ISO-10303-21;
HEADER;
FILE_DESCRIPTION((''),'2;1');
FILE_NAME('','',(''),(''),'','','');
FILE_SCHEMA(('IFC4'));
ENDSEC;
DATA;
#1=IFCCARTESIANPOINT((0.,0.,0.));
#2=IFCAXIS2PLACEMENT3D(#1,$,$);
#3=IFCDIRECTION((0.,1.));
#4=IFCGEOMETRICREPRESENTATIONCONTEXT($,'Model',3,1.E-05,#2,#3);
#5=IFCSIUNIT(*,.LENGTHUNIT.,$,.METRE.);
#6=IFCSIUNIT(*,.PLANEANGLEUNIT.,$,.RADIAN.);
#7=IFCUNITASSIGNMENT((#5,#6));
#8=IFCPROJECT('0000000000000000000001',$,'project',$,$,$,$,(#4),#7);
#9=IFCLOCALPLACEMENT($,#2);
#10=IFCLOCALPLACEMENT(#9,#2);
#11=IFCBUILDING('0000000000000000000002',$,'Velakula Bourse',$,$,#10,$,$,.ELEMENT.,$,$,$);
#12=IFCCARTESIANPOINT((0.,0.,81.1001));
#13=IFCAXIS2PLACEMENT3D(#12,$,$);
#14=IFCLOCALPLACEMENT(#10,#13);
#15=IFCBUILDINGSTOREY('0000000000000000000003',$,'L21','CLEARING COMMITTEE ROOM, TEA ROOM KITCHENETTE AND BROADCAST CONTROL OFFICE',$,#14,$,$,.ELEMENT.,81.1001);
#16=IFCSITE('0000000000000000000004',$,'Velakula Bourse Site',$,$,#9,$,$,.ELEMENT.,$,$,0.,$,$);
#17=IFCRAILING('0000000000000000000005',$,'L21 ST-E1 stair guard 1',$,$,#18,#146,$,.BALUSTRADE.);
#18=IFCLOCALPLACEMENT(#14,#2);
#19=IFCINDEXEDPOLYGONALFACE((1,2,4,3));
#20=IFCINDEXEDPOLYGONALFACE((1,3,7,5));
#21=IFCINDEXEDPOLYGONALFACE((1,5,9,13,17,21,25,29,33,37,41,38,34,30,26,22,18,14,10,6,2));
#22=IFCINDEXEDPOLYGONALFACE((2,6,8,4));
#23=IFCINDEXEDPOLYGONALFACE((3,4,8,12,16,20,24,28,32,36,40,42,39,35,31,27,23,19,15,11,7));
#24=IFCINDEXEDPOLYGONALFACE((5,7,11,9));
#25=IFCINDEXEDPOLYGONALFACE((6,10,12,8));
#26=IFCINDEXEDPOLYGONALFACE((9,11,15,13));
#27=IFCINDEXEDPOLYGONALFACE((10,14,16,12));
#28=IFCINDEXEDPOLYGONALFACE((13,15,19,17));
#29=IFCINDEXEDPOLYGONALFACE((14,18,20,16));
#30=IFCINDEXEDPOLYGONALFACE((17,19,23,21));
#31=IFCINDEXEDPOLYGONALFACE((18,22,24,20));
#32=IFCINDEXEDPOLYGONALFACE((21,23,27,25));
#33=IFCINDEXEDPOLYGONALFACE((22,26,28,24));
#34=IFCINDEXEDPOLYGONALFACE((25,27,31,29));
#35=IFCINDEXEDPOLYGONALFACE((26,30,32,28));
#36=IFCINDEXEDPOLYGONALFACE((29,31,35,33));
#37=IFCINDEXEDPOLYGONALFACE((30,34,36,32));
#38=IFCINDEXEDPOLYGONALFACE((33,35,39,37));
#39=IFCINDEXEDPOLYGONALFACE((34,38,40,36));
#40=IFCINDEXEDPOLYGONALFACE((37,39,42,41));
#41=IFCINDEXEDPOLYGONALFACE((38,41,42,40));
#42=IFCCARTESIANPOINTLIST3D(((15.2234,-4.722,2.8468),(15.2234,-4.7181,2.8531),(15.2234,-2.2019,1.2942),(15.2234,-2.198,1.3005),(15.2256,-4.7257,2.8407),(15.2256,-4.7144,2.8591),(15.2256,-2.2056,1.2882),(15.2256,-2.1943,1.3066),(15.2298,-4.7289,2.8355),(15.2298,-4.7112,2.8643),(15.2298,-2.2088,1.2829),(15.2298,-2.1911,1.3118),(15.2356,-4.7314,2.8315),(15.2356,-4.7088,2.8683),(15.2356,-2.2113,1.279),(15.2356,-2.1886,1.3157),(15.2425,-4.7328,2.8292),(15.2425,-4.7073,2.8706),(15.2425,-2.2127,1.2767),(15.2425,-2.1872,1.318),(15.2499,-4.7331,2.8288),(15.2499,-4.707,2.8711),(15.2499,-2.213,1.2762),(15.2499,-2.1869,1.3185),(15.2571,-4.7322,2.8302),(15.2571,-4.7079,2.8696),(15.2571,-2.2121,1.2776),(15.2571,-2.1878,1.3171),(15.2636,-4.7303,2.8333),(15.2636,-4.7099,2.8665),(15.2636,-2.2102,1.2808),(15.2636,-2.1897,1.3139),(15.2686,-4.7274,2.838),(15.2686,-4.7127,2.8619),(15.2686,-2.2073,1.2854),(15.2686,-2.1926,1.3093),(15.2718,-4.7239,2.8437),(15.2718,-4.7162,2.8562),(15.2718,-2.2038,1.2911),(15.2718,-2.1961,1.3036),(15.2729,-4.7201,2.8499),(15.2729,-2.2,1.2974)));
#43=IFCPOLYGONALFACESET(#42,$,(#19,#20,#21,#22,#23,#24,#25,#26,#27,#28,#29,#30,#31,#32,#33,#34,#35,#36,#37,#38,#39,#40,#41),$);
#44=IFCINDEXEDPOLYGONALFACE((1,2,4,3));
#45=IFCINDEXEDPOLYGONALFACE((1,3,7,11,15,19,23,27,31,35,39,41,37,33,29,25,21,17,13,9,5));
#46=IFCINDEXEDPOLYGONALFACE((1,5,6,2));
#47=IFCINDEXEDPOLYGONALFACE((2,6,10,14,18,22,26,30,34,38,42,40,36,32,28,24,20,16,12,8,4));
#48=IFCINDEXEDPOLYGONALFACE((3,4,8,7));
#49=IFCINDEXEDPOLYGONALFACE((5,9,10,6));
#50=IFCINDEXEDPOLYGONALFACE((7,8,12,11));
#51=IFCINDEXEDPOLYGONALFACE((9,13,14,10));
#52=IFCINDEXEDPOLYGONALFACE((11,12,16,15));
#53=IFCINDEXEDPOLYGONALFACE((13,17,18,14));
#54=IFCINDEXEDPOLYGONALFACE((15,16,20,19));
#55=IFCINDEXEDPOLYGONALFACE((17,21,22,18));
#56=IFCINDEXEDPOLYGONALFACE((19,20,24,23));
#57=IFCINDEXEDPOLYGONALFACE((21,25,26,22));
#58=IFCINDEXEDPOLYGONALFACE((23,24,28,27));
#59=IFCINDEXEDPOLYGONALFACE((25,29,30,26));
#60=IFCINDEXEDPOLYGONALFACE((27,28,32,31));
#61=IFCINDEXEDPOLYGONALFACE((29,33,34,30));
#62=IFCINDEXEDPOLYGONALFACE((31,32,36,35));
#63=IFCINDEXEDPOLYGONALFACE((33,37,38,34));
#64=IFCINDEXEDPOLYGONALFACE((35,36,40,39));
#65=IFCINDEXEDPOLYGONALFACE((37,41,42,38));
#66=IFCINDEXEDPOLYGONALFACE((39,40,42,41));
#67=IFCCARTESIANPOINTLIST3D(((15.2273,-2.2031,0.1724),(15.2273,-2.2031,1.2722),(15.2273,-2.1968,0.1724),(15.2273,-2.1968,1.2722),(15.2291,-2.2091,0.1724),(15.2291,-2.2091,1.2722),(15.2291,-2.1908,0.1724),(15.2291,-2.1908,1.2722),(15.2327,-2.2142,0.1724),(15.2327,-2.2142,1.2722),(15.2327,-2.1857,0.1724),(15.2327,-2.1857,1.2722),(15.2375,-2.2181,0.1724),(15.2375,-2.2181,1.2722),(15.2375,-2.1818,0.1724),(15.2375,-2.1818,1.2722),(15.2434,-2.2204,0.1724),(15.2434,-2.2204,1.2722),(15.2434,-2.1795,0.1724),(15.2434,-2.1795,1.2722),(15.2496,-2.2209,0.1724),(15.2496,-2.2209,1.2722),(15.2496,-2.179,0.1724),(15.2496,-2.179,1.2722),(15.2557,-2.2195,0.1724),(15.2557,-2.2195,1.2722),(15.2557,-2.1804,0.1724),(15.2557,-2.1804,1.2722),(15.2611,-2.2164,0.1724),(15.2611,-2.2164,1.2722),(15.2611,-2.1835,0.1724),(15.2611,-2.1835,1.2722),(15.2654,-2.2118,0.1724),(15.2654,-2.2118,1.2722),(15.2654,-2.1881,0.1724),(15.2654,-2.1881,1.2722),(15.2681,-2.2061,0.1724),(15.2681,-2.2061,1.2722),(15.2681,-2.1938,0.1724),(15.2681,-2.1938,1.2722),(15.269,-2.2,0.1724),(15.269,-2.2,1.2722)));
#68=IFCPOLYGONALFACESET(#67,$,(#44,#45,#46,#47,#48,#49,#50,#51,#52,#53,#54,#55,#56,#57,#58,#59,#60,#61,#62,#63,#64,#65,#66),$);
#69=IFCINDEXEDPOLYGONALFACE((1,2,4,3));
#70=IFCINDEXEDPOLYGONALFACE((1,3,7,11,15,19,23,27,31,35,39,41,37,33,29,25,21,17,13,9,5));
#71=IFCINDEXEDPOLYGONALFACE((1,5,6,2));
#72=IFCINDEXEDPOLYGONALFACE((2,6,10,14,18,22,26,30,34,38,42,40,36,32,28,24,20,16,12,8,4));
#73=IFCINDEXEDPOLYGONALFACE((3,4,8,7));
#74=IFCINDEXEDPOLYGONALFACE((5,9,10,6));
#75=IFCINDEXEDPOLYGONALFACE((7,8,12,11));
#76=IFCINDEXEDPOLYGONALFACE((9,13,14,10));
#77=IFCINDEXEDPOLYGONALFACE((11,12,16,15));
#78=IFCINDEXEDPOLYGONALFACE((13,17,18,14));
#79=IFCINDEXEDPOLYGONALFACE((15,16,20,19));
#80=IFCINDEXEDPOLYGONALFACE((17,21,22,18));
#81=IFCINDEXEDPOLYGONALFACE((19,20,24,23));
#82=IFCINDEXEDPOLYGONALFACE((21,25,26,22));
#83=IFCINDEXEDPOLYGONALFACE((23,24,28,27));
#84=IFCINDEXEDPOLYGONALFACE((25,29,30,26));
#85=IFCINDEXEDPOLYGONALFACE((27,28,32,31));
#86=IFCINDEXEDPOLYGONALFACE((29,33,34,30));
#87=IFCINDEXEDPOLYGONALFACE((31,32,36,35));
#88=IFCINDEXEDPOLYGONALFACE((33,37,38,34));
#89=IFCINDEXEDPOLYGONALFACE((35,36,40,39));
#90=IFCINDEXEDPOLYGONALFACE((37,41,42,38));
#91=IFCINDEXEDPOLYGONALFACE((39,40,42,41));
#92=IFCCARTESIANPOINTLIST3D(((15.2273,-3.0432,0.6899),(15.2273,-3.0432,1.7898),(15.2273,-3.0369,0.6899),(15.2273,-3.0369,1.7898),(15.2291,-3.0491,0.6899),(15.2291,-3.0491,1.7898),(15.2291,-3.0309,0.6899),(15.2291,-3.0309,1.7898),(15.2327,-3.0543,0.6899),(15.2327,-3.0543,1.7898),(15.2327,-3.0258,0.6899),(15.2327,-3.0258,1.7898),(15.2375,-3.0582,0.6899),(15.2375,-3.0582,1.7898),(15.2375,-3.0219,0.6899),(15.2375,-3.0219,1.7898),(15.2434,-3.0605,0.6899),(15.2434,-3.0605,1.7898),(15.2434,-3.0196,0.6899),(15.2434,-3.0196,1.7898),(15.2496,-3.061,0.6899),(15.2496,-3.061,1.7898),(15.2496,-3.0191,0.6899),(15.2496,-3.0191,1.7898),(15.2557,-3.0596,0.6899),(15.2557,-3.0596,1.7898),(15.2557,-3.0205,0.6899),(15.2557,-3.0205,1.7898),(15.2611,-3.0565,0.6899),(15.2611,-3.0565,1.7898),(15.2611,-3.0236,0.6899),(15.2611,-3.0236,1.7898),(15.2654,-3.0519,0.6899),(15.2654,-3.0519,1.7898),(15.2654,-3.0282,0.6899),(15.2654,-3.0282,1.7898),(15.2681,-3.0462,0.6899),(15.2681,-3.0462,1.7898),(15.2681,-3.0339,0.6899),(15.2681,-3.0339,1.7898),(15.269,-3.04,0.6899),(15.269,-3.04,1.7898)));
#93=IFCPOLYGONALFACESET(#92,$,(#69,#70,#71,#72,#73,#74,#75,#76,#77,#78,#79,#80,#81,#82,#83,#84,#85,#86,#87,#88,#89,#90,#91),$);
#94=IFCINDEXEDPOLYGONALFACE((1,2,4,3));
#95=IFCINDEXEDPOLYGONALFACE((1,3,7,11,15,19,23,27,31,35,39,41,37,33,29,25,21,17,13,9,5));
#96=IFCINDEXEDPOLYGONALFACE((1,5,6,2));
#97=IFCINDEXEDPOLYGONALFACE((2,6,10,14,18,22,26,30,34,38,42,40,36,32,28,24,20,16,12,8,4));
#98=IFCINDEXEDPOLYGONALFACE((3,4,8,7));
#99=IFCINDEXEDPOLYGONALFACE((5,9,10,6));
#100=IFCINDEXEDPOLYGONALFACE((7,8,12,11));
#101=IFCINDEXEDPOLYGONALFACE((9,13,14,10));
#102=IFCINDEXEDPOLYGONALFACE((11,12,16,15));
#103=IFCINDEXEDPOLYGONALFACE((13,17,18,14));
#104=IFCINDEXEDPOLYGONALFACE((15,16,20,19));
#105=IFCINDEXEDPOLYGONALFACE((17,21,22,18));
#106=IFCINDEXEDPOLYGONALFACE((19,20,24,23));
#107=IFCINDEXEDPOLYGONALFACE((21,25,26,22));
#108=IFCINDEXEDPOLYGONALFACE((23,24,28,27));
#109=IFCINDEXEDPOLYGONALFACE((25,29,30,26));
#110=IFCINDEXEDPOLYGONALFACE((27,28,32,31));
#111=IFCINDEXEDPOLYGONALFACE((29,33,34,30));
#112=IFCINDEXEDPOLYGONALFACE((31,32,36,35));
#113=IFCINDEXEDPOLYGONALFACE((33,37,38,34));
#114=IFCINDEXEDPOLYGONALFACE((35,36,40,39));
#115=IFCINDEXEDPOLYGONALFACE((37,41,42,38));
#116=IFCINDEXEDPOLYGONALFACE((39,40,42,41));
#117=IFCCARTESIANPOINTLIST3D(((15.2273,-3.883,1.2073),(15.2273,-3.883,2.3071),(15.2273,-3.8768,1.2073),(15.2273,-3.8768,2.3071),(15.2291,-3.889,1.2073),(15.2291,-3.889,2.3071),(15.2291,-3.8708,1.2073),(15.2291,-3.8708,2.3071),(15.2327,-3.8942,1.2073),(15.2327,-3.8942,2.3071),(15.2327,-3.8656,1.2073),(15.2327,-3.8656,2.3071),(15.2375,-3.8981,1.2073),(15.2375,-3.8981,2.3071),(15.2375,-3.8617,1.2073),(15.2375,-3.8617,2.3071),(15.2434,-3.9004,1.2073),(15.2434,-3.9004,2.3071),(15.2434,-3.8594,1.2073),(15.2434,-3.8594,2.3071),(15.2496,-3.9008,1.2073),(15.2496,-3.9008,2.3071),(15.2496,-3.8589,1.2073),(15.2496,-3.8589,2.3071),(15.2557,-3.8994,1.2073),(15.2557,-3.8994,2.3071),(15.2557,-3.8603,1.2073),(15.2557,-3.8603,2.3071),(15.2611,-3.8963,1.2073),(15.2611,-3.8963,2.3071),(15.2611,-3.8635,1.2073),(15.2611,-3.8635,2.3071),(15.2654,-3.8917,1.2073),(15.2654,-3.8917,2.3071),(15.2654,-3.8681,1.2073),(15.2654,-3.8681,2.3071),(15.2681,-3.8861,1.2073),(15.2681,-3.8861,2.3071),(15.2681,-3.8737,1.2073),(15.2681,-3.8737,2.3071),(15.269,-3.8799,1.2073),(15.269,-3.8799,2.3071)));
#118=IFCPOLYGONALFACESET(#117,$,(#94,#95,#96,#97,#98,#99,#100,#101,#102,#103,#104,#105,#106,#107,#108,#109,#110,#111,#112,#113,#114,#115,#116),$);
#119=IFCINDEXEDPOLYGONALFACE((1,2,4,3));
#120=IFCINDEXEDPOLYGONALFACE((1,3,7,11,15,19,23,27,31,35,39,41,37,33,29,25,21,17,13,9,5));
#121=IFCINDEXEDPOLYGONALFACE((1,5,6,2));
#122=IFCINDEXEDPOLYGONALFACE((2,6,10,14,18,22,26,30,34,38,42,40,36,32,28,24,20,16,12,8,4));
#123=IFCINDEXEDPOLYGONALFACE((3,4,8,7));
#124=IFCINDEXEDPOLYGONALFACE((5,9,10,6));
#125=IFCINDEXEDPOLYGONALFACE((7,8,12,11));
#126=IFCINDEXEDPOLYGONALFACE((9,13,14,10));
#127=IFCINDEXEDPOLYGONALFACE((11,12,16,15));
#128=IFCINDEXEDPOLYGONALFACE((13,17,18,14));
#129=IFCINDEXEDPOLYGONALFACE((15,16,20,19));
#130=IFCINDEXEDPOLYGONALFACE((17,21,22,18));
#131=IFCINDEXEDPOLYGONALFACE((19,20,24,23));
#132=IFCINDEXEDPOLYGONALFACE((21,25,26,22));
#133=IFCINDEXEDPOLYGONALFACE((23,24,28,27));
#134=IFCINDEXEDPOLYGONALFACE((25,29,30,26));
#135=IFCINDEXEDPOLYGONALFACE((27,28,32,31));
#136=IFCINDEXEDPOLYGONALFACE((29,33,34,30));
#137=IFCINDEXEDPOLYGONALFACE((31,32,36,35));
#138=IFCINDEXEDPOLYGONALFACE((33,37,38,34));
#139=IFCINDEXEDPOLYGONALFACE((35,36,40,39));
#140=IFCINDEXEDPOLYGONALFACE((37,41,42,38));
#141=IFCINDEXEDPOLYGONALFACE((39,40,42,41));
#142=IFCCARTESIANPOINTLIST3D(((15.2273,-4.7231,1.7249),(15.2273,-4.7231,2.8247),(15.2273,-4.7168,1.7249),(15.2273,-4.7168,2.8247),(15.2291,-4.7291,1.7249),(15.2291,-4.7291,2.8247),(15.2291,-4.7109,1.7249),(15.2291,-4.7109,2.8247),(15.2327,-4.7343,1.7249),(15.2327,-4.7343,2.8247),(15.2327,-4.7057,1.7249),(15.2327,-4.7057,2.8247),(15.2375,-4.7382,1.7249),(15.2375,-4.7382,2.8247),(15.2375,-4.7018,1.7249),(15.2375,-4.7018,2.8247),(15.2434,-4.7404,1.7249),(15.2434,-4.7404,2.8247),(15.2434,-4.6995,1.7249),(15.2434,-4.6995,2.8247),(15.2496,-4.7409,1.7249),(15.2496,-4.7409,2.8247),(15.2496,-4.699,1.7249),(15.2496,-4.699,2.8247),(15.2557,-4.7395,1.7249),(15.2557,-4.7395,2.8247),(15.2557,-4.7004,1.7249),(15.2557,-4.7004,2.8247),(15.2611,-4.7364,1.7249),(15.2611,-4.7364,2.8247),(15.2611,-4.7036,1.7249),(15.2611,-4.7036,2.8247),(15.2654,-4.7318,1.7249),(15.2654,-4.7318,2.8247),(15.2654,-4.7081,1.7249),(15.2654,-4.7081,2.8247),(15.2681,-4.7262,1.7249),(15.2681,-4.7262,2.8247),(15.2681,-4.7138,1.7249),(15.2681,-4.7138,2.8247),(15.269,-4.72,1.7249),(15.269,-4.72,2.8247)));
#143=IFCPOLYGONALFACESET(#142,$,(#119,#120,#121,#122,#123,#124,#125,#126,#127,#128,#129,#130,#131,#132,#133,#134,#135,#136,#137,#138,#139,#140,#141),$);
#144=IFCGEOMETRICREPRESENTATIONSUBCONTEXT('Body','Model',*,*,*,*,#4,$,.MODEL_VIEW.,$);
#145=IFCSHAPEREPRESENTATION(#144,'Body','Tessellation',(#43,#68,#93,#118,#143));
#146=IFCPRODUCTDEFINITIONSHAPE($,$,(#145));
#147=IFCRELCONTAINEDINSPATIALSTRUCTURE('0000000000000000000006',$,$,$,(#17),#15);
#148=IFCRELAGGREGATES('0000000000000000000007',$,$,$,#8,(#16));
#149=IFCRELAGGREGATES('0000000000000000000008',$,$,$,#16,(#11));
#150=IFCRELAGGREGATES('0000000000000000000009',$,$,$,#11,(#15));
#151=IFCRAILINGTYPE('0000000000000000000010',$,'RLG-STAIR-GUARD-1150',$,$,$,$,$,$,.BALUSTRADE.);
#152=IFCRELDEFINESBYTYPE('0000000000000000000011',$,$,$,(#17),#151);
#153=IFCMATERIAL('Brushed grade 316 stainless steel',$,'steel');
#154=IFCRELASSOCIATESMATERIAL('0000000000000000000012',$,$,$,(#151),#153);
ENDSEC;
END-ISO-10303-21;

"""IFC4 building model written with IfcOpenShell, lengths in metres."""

from ifc_helpers import new_model, si_unit, direction, frame, origin, origin_2d, place, context, subcontext, project, spatial, circle, extrude, material, type_object, element, save


model = new_model("IFC4")

# Units and contexts
model_context = context("Model", 3, precision=1e-05, world=origin(), true_north=direction((0.0, 1.0)))
body_context = subcontext(model_context, "Body", "Model", "MODEL_VIEW")
ifc_project = project(units=[si_unit("LENGTHUNIT", "METRE"), si_unit("PLANEANGLEUNIT", "RADIAN")], contexts=[model_context])

# Site, building, storey
site_placement = place(None, origin())
site = spatial("IfcSite", under=ifc_project, at=site_placement, Name="Velakula Bourse Site", CompositionType="ELEMENT", RefElevation=0.0)
building_placement = place(site_placement, origin())
building = spatial("IfcBuilding", under=site, at=building_placement, Name="Velakula Bourse", CompositionType="ELEMENT")
storey_placement = place(building_placement, frame((0.0, 0.0, 81.1001)))
storey = spatial("IfcBuildingStorey", under=building, at=storey_placement, Name="L21", Description="CLEARING COMMITTEE ROOM, TEA ROOM KITCHENETTE AND BROADCAST CONTROL OFFICE", CompositionType="ELEMENT", Elevation=81.1001)

# Railing
ifc_material_1 = material(Name="Brushed grade 316 stainless steel", Category="steel")
railing_type_1 = type_object("IfcRailingType", Name="RLG-STAIR-GUARD-1150", PredefinedType="BALUSTRADE", material=ifc_material_1)
railing_1_placement = place(storey_placement, frame((15.248, -2.2, 0.1724)))
element("IfcRailing", 1, at=railing_1_placement, inside=storey, type_object=railing_type_1, Name="L21 ST-E1 stair guard 1", PredefinedType="BALUSTRADE", context=body_context, shape_type="SweptSolid", body=[
    extrude(circle(Radius=0.0249, at=origin_2d()), frame((0.0, 0.0, 1.125), z_axis=(0.0, -0.8514, 0.524516), x_axis=(1.0, 0.0, 0.0)), (0.0, 0.0, 1.0), 2.96),
    extrude(circle(Radius=0.021, at=origin_2d()), origin(), (0.0, 0.0, 1.0), 1.0999),
    extrude(circle(Radius=0.021, at=origin_2d()), frame((0.0, -0.8401, 0.5176)), (0.0, 0.0, 1.0), 1.0999),
    extrude(circle(Radius=0.021, at=origin_2d()), frame((0.0, -1.6799, 1.0349)), (0.0, 0.0, 1.0), 1.0999),
    extrude(circle(Radius=0.021, at=origin_2d()), frame((0.0, -2.52, 1.5525)), (0.0, 0.0, 1.0), 1.0999),
])

save(model, "model.ifc")
